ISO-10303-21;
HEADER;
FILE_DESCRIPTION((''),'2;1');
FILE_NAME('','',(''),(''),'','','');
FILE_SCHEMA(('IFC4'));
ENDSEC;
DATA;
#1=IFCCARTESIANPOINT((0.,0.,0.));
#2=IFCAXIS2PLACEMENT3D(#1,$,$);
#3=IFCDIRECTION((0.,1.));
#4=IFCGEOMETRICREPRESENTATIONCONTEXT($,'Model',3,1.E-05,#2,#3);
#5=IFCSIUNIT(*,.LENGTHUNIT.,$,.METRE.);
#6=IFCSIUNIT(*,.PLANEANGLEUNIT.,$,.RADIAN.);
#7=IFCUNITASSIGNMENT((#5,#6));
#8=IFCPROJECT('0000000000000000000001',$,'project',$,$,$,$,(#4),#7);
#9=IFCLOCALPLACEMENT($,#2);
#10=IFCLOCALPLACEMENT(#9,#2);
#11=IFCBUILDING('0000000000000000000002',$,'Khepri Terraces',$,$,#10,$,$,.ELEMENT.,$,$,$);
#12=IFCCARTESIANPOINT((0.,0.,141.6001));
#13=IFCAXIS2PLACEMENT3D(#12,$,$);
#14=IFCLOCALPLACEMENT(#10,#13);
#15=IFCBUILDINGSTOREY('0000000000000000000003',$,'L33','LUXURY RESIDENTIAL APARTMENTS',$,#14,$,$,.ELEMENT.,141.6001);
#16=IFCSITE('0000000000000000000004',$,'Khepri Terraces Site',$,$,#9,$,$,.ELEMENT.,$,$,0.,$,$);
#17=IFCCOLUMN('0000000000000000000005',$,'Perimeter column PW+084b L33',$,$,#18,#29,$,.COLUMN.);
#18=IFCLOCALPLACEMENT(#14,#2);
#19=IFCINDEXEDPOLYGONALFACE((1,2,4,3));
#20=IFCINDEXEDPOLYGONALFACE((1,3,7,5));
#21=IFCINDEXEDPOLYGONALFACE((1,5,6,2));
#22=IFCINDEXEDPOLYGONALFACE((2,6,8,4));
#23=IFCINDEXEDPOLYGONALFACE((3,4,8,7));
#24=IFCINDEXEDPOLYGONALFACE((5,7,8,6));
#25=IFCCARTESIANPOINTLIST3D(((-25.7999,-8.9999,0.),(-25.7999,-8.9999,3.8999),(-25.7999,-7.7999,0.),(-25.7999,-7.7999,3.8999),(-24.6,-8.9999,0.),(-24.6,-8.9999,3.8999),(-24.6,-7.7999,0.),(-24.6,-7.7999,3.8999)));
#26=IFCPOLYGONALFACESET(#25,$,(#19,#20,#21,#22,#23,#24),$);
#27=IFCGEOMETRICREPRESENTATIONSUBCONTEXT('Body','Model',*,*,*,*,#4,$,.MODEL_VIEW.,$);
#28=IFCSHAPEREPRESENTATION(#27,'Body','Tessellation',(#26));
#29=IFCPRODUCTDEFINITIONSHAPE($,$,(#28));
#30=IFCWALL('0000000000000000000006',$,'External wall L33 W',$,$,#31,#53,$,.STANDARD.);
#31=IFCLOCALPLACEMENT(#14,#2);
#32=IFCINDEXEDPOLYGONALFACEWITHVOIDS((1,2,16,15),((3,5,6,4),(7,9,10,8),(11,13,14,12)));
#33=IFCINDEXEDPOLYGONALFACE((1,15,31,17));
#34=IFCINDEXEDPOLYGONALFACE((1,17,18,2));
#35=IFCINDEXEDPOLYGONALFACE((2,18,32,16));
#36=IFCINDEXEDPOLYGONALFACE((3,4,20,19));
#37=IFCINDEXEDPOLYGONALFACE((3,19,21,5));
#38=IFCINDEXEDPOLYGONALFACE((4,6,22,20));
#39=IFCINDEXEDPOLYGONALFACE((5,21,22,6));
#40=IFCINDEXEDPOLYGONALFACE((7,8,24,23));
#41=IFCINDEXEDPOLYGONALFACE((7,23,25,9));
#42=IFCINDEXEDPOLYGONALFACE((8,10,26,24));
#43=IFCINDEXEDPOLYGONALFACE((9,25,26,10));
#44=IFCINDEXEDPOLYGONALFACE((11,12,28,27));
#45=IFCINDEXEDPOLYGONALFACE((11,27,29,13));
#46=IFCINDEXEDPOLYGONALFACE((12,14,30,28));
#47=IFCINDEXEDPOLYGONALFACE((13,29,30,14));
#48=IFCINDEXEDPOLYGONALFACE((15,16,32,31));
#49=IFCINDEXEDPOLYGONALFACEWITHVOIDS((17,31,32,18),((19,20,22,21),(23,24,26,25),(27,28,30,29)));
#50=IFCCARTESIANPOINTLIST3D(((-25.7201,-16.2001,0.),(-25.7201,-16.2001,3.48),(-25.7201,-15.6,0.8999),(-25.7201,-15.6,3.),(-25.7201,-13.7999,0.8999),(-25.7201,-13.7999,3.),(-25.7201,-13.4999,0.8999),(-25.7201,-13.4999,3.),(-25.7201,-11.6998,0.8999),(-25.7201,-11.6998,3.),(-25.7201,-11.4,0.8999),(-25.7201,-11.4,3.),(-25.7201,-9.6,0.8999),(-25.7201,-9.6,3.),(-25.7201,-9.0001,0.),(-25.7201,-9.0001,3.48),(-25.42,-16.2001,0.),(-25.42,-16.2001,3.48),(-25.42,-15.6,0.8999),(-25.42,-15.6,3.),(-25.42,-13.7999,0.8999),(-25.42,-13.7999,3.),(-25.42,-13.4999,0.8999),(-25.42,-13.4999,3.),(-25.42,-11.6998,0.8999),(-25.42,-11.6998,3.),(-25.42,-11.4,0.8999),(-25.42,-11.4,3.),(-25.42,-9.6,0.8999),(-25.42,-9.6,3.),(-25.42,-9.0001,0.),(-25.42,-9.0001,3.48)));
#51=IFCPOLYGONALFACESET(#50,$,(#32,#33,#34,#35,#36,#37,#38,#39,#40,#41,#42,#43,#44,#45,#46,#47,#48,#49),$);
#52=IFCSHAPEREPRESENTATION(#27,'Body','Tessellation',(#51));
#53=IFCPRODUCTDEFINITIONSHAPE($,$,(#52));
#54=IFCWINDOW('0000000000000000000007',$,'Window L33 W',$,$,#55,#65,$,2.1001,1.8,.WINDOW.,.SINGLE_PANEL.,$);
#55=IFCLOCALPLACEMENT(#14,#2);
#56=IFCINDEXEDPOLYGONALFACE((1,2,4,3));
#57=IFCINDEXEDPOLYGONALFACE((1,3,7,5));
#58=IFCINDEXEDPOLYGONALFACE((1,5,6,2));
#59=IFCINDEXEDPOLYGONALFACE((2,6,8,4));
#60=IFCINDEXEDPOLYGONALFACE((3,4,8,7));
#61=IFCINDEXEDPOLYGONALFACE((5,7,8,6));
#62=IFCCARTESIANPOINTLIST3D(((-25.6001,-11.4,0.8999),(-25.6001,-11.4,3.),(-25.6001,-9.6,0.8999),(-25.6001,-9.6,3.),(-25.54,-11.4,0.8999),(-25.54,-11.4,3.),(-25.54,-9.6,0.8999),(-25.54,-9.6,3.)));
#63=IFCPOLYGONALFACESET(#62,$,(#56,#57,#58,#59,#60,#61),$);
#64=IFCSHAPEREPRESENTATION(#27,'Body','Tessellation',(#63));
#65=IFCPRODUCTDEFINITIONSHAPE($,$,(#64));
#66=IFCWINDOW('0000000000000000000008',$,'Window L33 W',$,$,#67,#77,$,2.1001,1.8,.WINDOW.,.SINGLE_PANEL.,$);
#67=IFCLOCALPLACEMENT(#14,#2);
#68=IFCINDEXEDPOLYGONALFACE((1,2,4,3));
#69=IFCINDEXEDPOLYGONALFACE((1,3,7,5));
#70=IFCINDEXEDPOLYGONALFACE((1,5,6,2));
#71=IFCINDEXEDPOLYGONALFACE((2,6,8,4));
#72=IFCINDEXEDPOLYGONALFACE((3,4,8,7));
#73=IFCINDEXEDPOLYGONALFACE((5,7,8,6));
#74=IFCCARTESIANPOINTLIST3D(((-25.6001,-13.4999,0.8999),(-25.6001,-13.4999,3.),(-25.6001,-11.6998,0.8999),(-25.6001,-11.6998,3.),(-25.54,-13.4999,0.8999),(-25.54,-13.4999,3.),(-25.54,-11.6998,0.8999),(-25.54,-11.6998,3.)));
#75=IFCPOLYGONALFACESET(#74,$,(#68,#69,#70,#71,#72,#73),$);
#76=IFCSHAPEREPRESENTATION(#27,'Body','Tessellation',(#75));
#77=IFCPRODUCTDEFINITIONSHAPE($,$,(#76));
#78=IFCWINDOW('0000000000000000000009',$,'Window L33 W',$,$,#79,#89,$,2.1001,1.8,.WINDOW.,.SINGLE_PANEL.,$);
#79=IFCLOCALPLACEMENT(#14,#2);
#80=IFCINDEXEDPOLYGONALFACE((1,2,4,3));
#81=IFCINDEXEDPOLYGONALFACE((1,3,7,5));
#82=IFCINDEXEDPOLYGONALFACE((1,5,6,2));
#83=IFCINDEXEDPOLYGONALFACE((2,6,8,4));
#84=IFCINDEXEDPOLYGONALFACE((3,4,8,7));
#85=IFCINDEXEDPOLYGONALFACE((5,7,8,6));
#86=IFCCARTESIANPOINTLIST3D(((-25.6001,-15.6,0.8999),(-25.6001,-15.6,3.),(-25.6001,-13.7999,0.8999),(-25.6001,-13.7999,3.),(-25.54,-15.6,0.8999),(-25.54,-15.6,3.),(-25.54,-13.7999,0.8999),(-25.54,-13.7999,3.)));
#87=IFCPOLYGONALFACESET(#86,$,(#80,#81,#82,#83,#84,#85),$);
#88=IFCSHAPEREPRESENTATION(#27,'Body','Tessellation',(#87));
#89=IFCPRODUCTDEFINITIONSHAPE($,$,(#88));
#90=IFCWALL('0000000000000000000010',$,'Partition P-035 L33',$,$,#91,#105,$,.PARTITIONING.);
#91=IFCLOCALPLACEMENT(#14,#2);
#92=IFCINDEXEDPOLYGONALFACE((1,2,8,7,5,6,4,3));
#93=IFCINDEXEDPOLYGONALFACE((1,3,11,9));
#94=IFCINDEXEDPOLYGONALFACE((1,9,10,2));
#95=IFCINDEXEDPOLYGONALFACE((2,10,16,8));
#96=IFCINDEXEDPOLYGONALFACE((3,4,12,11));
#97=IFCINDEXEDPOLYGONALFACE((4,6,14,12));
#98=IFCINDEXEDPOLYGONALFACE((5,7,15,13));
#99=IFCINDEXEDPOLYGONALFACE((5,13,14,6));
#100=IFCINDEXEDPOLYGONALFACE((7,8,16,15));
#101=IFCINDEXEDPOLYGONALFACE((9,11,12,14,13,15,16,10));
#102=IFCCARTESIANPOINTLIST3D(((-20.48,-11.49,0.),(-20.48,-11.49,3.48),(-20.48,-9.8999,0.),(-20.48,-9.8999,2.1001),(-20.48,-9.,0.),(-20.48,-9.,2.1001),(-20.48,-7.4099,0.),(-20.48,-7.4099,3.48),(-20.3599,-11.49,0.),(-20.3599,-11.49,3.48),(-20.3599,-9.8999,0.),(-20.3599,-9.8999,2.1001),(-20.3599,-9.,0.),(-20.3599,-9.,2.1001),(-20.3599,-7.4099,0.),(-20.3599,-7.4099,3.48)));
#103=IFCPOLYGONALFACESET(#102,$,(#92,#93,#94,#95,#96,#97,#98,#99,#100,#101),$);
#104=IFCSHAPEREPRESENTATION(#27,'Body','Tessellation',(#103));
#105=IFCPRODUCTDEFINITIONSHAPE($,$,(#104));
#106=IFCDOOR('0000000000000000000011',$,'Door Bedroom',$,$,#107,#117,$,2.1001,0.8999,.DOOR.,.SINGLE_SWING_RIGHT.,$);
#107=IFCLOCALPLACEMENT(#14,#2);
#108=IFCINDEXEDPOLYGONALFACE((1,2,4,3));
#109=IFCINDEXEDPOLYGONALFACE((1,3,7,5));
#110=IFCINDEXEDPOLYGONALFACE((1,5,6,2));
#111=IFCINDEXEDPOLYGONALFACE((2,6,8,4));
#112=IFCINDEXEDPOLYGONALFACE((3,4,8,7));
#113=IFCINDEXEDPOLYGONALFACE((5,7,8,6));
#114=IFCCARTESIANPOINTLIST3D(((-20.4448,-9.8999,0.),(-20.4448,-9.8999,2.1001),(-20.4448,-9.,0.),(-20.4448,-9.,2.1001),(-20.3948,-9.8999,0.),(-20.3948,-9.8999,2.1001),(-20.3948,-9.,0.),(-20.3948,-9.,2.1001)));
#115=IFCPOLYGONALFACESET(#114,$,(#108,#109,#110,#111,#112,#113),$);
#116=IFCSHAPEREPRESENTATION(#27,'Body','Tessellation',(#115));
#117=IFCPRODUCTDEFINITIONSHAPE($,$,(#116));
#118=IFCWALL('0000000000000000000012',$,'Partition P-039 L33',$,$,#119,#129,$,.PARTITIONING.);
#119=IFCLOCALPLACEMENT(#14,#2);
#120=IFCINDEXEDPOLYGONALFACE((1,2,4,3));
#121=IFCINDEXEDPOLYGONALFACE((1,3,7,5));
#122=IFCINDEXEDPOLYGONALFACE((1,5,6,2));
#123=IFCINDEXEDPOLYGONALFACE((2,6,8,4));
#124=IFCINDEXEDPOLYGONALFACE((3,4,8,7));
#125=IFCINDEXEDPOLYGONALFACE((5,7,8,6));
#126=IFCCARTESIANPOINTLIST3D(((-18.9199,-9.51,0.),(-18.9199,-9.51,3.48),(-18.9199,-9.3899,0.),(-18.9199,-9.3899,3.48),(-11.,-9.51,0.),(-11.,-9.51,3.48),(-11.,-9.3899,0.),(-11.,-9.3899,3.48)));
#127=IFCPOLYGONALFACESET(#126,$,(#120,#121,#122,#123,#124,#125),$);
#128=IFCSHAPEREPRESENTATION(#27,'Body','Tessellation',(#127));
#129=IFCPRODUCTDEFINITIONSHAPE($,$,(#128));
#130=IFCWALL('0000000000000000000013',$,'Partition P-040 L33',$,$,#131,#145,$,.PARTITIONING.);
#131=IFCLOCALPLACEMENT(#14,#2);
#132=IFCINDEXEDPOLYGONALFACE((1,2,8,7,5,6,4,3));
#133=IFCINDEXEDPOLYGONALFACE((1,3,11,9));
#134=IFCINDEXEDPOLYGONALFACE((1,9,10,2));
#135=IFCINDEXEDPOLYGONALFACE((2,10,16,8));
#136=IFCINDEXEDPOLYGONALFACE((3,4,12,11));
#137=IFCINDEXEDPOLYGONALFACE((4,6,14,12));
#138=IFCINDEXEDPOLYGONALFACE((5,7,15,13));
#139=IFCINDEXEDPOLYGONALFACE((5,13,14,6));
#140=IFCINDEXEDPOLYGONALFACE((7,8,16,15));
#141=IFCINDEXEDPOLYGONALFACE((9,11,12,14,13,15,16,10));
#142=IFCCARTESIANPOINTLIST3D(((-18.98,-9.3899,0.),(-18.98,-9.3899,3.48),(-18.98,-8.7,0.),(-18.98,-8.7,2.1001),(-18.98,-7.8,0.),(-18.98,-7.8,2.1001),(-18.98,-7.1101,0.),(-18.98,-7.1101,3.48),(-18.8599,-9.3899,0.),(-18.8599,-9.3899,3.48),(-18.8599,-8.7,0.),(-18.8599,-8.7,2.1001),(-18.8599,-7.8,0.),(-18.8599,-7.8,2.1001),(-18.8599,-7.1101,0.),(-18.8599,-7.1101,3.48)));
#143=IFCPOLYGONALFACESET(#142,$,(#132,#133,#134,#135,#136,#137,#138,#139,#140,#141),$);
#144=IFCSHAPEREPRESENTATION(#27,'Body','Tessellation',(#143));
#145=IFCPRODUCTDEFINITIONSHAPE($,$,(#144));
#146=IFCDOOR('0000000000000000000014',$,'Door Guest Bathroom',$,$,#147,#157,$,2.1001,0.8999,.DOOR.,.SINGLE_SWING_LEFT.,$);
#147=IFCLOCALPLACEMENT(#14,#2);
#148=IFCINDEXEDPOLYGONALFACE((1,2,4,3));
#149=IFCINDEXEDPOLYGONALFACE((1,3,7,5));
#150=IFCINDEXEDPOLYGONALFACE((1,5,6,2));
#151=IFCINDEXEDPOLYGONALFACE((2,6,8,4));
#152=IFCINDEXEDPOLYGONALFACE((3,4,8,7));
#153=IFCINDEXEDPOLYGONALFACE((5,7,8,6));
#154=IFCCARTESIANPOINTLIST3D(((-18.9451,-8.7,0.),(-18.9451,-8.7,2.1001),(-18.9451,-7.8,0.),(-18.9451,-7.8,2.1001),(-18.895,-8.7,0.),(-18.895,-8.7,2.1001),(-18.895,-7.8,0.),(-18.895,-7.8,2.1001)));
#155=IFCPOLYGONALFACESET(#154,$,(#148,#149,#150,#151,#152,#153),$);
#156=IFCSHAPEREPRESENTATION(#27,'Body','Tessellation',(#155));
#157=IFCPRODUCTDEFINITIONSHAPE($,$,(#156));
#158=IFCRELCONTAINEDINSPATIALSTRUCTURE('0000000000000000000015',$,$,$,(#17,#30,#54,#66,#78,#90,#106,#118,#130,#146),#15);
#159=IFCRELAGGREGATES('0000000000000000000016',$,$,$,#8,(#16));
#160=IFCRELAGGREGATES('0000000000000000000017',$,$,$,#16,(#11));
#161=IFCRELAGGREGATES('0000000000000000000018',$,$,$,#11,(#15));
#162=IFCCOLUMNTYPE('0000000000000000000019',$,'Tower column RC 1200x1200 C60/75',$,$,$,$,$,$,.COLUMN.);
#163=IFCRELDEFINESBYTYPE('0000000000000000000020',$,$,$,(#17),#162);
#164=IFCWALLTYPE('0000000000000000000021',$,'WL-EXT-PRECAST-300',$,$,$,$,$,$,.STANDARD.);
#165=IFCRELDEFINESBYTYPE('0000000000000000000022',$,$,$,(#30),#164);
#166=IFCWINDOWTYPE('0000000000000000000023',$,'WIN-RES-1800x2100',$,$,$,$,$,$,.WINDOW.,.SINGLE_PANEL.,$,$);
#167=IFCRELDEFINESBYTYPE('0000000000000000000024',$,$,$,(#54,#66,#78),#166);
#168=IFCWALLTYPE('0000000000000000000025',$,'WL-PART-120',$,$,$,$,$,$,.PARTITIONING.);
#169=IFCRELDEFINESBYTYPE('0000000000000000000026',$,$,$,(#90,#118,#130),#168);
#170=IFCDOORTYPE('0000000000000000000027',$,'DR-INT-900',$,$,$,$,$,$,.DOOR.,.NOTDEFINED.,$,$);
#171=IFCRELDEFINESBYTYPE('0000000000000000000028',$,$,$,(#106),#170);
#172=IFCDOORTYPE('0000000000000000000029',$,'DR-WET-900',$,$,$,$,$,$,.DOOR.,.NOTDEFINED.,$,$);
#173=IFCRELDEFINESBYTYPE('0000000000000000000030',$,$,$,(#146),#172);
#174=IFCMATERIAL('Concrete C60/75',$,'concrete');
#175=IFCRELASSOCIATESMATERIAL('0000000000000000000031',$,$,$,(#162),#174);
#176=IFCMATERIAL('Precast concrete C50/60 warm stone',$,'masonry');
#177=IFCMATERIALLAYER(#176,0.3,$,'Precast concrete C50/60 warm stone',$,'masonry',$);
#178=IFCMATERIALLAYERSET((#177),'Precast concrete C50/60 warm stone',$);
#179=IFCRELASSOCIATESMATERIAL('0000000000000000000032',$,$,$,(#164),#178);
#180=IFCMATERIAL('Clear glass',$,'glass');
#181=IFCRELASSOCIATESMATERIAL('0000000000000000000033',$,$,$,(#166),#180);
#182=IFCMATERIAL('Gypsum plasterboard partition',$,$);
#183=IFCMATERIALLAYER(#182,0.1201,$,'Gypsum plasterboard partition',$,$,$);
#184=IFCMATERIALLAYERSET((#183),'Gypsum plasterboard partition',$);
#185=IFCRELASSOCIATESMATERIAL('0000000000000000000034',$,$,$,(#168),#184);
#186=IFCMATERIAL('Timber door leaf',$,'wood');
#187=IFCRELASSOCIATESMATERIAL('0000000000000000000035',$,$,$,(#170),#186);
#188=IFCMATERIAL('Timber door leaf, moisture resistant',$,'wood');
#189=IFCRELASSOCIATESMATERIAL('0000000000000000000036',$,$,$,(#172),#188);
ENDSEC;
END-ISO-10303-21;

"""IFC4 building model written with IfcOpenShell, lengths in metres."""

from ifc_helpers import new_model, si_unit, direction, frame, frame_2d, origin, origin_2d, place, context, subcontext, project, spatial, rectangle, extrude, material, layer, layer_set, material_profile, profile_set, type_object, element, fill, save


model = new_model("IFC4")

# Units and contexts
model_context = context("Model", 3, precision=1e-05, world=origin(), true_north=direction((0.0, 1.0)))
body_context = subcontext(model_context, "Body", "Model", "MODEL_VIEW")
ifc_project = project(units=[si_unit("LENGTHUNIT", "METRE"), si_unit("PLANEANGLEUNIT", "RADIAN")], contexts=[model_context])

# Site, building, storey
site_placement = place(None, origin())
site = spatial("IfcSite", under=ifc_project, at=site_placement, Name="Khepri Terraces Site", CompositionType="ELEMENT", RefElevation=0.0)
building_placement = place(site_placement, origin())
building = spatial("IfcBuilding", under=site, at=building_placement, Name="Khepri Terraces", CompositionType="ELEMENT")
storey_placement = place(building_placement, frame((0.0, 0.0, 141.6001)))
storey = spatial("IfcBuildingStorey", under=building, at=storey_placement, Name="L33", Description="LUXURY RESIDENTIAL APARTMENTS", CompositionType="ELEMENT", Elevation=141.6001)

# Column
ifc_material_1 = material(Name="Concrete C60/75", Category="concrete")
ifc_material_profile = material_profile(ifc_material_1, rectangle(XDim=1.2, YDim=1.2, at=origin_2d()), Name="Concrete C60/75", Category="concrete")
ifc_profile_set = profile_set([ifc_material_profile], Name="Concrete C60/75")
column_type = type_object("IfcColumnType", Name="Tower column RC 1200x1200 C60/75", PredefinedType="COLUMN", material=ifc_profile_set)
column_placement = place(storey_placement, frame((-25.2, -8.3999, 0.0), z_axis=(0.0, 0.0, 1.0), x_axis=(1.0, 0.0, 0.0)))
element("IfcColumn", 1, at=column_placement, inside=storey, type_object=column_type, Name="Perimeter column PW+084b L33", PredefinedType="COLUMN", context=body_context, shape_type="SweptSolid", body=[
    extrude(rectangle(XDim=1.2, YDim=1.2, at=origin_2d()), origin(), (0.0, 0.0, 1.0), 3.8999),
])

# Wall, openings, windows
ifc_material_2 = material(Name="Precast concrete C50/60 warm stone", Category="masonry")
ifc_layer_1 = layer(ifc_material_2, 0.3, Name="Precast concrete C50/60 warm stone", Category="masonry")
ifc_layer_set_1 = layer_set([ifc_layer_1], Name="Precast concrete C50/60 warm stone")
wall_type_1 = type_object("IfcWallType", Name="WL-EXT-PRECAST-300", PredefinedType="STANDARD", material=ifc_layer_set_1)
wall_1_placement = place(storey_placement, frame((-25.5701, -9.0, 0.0), z_axis=(0.0, 0.0, 1.0), x_axis=(0.0, -1.0, 0.0)))
wall_1 = element("IfcWall", 2, at=wall_1_placement, inside=storey, type_object=wall_type_1, Name="External wall L33 W", PredefinedType="STANDARD", context=body_context, shape_type="SweptSolid", body=[
    extrude(rectangle(XDim=7.2, YDim=0.3, at=frame_2d((3.6001, 0.0))), origin(), (0.0, 0.0, 1.0), 3.48),
])
opening_1_placement = place(wall_1_placement, frame((0.6001, 0.0, 0.8999)))
opening_1 = element("IfcOpeningElement", 3, at=opening_1_placement, cuts=wall_1, PredefinedType="OPENING", context=body_context, shape_type="SweptSolid", body=[
    extrude(rectangle(XDim=1.8, YDim=2.1001, at=frame_2d((0.8999, 1.05))), frame((0.0, 0.1602, 0.0), z_axis=(0.0, -1.0, 0.0), x_axis=(1.0, 0.0, 0.0)), (0.0, 0.0, 1.0), 0.3201),
])
opening_2_placement = place(wall_1_placement, frame((2.7, 0.0, 0.8999)))
opening_2 = element("IfcOpeningElement", 4, at=opening_2_placement, cuts=wall_1, PredefinedType="OPENING", context=body_context, shape_type="SweptSolid", body=[
    extrude(rectangle(XDim=1.8, YDim=2.1001, at=frame_2d((0.8999, 1.05))), frame((0.0, 0.1602, 0.0), z_axis=(0.0, -1.0, 0.0), x_axis=(1.0, 0.0, 0.0)), (0.0, 0.0, 1.0), 0.3201),
])
opening_3_placement = place(wall_1_placement, frame((4.8, 0.0, 0.8999)))
opening_3 = element("IfcOpeningElement", 5, at=opening_3_placement, cuts=wall_1, PredefinedType="OPENING", context=body_context, shape_type="SweptSolid", body=[
    extrude(rectangle(XDim=1.8, YDim=2.1001, at=frame_2d((0.8999, 1.05))), frame((0.0, 0.1602, 0.0), z_axis=(0.0, -1.0, 0.0), x_axis=(1.0, 0.0, 0.0)), (0.0, 0.0, 1.0), 0.3201),
])
ifc_material_3 = material(Name="Clear glass", Category="glass")
window_type = type_object("IfcWindowType", Name="WIN-RES-1800x2100", PartitioningType="SINGLE_PANEL", PredefinedType="WINDOW", material=ifc_material_3)
window_1_placement = place(opening_1_placement, origin())
window_1 = element("IfcWindow", 6, at=window_1_placement, inside=storey, type_object=window_type, Name="Window L33 W", OverallHeight=2.1001, OverallWidth=1.8, PartitioningType="SINGLE_PANEL", PredefinedType="WINDOW", context=body_context, shape_type="SweptSolid", body=[
    extrude(rectangle(XDim=1.8, YDim=2.1001, at=frame_2d((0.8999, 1.05))), frame((0.0, 0.03, 0.0), z_axis=(0.0, -1.0, 0.0), x_axis=(1.0, 0.0, 0.0)), (0.0, 0.0, 1.0), 0.0601),
])
fill(opening_1, window_1)
window_2_placement = place(opening_2_placement, origin())
window_2 = element("IfcWindow", 7, at=window_2_placement, inside=storey, type_object=window_type, Name="Window L33 W", OverallHeight=2.1001, OverallWidth=1.8, PartitioningType="SINGLE_PANEL", PredefinedType="WINDOW", context=body_context, shape_type="SweptSolid", body=[
    extrude(rectangle(XDim=1.8, YDim=2.1001, at=frame_2d((0.8999, 1.05))), frame((0.0, 0.03, 0.0), z_axis=(0.0, -1.0, 0.0), x_axis=(1.0, 0.0, 0.0)), (0.0, 0.0, 1.0), 0.0601),
])
fill(opening_2, window_2)
window_3_placement = place(opening_3_placement, origin())
window_3 = element("IfcWindow", 8, at=window_3_placement, inside=storey, type_object=window_type, Name="Window L33 W", OverallHeight=2.1001, OverallWidth=1.8, PartitioningType="SINGLE_PANEL", PredefinedType="WINDOW", context=body_context, shape_type="SweptSolid", body=[
    extrude(rectangle(XDim=1.8, YDim=2.1001, at=frame_2d((0.8999, 1.05))), frame((0.0, 0.03, 0.0), z_axis=(0.0, -1.0, 0.0), x_axis=(1.0, 0.0, 0.0)), (0.0, 0.0, 1.0), 0.0601),
])
fill(opening_3, window_3)

# Wall, opening, door
ifc_material_4 = material(Name="Gypsum plasterboard partition")
ifc_layer_2 = layer(ifc_material_4, 0.1201, Name="Gypsum plasterboard partition")
ifc_layer_set_2 = layer_set([ifc_layer_2], Name="Gypsum plasterboard partition")
wall_type_2 = type_object("IfcWallType", Name="WL-PART-120", PredefinedType="PARTITIONING", material=ifc_layer_set_2)
wall_2_placement = place(storey_placement, frame((-20.4199, -11.49, 0.0), z_axis=(0.0, 0.0, 1.0), x_axis=(0.0, 1.0, 0.0)))
wall_2 = element("IfcWall", 9, at=wall_2_placement, inside=storey, type_object=wall_type_2, Name="Partition P-035 L33", PredefinedType="PARTITIONING", context=body_context, shape_type="SweptSolid", body=[
    extrude(rectangle(XDim=4.0801, YDim=0.1201, at=frame_2d((2.04, 0.0))), origin(), (0.0, 0.0, 1.0), 3.48),
])
opening_4_placement = place(wall_2_placement, frame((1.5901, 0.0, 0.0)))
opening_4 = element("IfcOpeningElement", 10, at=opening_4_placement, cuts=wall_2, PredefinedType="OPENING", context=body_context, shape_type="SweptSolid", body=[
    extrude(rectangle(XDim=0.8999, YDim=2.1001, at=frame_2d((0.45, 1.05))), frame((0.0, 0.0701, 0.0), z_axis=(0.0, -1.0, 0.0), x_axis=(1.0, 0.0, 0.0)), (0.0, 0.0, 1.0), 0.1401),
])
ifc_material_5 = material(Name="Timber door leaf", Category="wood")
door_type_1 = type_object("IfcDoorType", Name="DR-INT-900", OperationType="NOTDEFINED", PredefinedType="DOOR", material=ifc_material_5)
door_1_placement = place(opening_4_placement, origin())
door_1 = element("IfcDoor", 11, at=door_1_placement, inside=storey, type_object=door_type_1, Name="Door Bedroom", OperationType="SINGLE_SWING_RIGHT", OverallHeight=2.1001, OverallWidth=0.8999, PredefinedType="DOOR", context=body_context, shape_type="SweptSolid", body=[
    extrude(rectangle(XDim=0.8999, YDim=2.1001, at=frame_2d((0.45, 1.05))), frame((0.0, 0.0249, 0.0), z_axis=(0.0, -1.0, 0.0), x_axis=(1.0, 0.0, 0.0)), (0.0, 0.0, 1.0), 0.05),
])
fill(opening_4, door_1)

# Wall
wall_3_placement = place(storey_placement, frame((-18.9199, -9.45, 0.0), z_axis=(0.0, 0.0, 1.0), x_axis=(1.0, 0.0, 0.0)))
element("IfcWall", 12, at=wall_3_placement, inside=storey, type_object=wall_type_2, Name="Partition P-039 L33", PredefinedType="PARTITIONING", context=body_context, shape_type="SweptSolid", body=[
    extrude(rectangle(XDim=7.9199, YDim=0.1201, at=frame_2d((3.96, 0.0))), origin(), (0.0, 0.0, 1.0), 3.48),
])

# Wall, opening, door
wall_4_placement = place(storey_placement, frame((-18.9199, -9.3899, 0.0), z_axis=(0.0, 0.0, 1.0), x_axis=(0.0, 1.0, 0.0)))
wall_4 = element("IfcWall", 13, at=wall_4_placement, inside=storey, type_object=wall_type_2, Name="Partition P-040 L33", PredefinedType="PARTITIONING", context=body_context, shape_type="SweptSolid", body=[
    extrude(rectangle(XDim=2.2798, YDim=0.1201, at=frame_2d((1.1399, 0.0))), origin(), (0.0, 0.0, 1.0), 3.48),
])
opening_5_placement = place(wall_4_placement, frame((0.6899, 0.0, 0.0)))
opening_5 = element("IfcOpeningElement", 14, at=opening_5_placement, cuts=wall_4, PredefinedType="OPENING", context=body_context, shape_type="SweptSolid", body=[
    extrude(rectangle(XDim=0.8999, YDim=2.1001, at=frame_2d((0.45, 1.05))), frame((0.0, 0.0701, 0.0), z_axis=(0.0, -1.0, 0.0), x_axis=(1.0, 0.0, 0.0)), (0.0, 0.0, 1.0), 0.1401),
])
ifc_material_6 = material(Name="Timber door leaf, moisture resistant", Category="wood")
door_type_2 = type_object("IfcDoorType", Name="DR-WET-900", OperationType="NOTDEFINED", PredefinedType="DOOR", material=ifc_material_6)
door_2_placement = place(opening_5_placement, frame((0.8999, 0.0, 0.0), z_axis=(0.0, 0.0, 1.0), x_axis=(-1.0, 0.0, 0.0)))
door_2 = element("IfcDoor", 15, at=door_2_placement, inside=storey, type_object=door_type_2, Name="Door Guest Bathroom", OperationType="SINGLE_SWING_LEFT", OverallHeight=2.1001, OverallWidth=0.8999, PredefinedType="DOOR", context=body_context, shape_type="SweptSolid", body=[
    extrude(rectangle(XDim=0.8999, YDim=2.1001, at=frame_2d((0.45, 1.05))), frame((0.0, 0.0249, 0.0), z_axis=(0.0, -1.0, 0.0), x_axis=(1.0, 0.0, 0.0)), (0.0, 0.0, 1.0), 0.05),
])
fill(opening_5, door_2)

save(model, "model.ifc")
